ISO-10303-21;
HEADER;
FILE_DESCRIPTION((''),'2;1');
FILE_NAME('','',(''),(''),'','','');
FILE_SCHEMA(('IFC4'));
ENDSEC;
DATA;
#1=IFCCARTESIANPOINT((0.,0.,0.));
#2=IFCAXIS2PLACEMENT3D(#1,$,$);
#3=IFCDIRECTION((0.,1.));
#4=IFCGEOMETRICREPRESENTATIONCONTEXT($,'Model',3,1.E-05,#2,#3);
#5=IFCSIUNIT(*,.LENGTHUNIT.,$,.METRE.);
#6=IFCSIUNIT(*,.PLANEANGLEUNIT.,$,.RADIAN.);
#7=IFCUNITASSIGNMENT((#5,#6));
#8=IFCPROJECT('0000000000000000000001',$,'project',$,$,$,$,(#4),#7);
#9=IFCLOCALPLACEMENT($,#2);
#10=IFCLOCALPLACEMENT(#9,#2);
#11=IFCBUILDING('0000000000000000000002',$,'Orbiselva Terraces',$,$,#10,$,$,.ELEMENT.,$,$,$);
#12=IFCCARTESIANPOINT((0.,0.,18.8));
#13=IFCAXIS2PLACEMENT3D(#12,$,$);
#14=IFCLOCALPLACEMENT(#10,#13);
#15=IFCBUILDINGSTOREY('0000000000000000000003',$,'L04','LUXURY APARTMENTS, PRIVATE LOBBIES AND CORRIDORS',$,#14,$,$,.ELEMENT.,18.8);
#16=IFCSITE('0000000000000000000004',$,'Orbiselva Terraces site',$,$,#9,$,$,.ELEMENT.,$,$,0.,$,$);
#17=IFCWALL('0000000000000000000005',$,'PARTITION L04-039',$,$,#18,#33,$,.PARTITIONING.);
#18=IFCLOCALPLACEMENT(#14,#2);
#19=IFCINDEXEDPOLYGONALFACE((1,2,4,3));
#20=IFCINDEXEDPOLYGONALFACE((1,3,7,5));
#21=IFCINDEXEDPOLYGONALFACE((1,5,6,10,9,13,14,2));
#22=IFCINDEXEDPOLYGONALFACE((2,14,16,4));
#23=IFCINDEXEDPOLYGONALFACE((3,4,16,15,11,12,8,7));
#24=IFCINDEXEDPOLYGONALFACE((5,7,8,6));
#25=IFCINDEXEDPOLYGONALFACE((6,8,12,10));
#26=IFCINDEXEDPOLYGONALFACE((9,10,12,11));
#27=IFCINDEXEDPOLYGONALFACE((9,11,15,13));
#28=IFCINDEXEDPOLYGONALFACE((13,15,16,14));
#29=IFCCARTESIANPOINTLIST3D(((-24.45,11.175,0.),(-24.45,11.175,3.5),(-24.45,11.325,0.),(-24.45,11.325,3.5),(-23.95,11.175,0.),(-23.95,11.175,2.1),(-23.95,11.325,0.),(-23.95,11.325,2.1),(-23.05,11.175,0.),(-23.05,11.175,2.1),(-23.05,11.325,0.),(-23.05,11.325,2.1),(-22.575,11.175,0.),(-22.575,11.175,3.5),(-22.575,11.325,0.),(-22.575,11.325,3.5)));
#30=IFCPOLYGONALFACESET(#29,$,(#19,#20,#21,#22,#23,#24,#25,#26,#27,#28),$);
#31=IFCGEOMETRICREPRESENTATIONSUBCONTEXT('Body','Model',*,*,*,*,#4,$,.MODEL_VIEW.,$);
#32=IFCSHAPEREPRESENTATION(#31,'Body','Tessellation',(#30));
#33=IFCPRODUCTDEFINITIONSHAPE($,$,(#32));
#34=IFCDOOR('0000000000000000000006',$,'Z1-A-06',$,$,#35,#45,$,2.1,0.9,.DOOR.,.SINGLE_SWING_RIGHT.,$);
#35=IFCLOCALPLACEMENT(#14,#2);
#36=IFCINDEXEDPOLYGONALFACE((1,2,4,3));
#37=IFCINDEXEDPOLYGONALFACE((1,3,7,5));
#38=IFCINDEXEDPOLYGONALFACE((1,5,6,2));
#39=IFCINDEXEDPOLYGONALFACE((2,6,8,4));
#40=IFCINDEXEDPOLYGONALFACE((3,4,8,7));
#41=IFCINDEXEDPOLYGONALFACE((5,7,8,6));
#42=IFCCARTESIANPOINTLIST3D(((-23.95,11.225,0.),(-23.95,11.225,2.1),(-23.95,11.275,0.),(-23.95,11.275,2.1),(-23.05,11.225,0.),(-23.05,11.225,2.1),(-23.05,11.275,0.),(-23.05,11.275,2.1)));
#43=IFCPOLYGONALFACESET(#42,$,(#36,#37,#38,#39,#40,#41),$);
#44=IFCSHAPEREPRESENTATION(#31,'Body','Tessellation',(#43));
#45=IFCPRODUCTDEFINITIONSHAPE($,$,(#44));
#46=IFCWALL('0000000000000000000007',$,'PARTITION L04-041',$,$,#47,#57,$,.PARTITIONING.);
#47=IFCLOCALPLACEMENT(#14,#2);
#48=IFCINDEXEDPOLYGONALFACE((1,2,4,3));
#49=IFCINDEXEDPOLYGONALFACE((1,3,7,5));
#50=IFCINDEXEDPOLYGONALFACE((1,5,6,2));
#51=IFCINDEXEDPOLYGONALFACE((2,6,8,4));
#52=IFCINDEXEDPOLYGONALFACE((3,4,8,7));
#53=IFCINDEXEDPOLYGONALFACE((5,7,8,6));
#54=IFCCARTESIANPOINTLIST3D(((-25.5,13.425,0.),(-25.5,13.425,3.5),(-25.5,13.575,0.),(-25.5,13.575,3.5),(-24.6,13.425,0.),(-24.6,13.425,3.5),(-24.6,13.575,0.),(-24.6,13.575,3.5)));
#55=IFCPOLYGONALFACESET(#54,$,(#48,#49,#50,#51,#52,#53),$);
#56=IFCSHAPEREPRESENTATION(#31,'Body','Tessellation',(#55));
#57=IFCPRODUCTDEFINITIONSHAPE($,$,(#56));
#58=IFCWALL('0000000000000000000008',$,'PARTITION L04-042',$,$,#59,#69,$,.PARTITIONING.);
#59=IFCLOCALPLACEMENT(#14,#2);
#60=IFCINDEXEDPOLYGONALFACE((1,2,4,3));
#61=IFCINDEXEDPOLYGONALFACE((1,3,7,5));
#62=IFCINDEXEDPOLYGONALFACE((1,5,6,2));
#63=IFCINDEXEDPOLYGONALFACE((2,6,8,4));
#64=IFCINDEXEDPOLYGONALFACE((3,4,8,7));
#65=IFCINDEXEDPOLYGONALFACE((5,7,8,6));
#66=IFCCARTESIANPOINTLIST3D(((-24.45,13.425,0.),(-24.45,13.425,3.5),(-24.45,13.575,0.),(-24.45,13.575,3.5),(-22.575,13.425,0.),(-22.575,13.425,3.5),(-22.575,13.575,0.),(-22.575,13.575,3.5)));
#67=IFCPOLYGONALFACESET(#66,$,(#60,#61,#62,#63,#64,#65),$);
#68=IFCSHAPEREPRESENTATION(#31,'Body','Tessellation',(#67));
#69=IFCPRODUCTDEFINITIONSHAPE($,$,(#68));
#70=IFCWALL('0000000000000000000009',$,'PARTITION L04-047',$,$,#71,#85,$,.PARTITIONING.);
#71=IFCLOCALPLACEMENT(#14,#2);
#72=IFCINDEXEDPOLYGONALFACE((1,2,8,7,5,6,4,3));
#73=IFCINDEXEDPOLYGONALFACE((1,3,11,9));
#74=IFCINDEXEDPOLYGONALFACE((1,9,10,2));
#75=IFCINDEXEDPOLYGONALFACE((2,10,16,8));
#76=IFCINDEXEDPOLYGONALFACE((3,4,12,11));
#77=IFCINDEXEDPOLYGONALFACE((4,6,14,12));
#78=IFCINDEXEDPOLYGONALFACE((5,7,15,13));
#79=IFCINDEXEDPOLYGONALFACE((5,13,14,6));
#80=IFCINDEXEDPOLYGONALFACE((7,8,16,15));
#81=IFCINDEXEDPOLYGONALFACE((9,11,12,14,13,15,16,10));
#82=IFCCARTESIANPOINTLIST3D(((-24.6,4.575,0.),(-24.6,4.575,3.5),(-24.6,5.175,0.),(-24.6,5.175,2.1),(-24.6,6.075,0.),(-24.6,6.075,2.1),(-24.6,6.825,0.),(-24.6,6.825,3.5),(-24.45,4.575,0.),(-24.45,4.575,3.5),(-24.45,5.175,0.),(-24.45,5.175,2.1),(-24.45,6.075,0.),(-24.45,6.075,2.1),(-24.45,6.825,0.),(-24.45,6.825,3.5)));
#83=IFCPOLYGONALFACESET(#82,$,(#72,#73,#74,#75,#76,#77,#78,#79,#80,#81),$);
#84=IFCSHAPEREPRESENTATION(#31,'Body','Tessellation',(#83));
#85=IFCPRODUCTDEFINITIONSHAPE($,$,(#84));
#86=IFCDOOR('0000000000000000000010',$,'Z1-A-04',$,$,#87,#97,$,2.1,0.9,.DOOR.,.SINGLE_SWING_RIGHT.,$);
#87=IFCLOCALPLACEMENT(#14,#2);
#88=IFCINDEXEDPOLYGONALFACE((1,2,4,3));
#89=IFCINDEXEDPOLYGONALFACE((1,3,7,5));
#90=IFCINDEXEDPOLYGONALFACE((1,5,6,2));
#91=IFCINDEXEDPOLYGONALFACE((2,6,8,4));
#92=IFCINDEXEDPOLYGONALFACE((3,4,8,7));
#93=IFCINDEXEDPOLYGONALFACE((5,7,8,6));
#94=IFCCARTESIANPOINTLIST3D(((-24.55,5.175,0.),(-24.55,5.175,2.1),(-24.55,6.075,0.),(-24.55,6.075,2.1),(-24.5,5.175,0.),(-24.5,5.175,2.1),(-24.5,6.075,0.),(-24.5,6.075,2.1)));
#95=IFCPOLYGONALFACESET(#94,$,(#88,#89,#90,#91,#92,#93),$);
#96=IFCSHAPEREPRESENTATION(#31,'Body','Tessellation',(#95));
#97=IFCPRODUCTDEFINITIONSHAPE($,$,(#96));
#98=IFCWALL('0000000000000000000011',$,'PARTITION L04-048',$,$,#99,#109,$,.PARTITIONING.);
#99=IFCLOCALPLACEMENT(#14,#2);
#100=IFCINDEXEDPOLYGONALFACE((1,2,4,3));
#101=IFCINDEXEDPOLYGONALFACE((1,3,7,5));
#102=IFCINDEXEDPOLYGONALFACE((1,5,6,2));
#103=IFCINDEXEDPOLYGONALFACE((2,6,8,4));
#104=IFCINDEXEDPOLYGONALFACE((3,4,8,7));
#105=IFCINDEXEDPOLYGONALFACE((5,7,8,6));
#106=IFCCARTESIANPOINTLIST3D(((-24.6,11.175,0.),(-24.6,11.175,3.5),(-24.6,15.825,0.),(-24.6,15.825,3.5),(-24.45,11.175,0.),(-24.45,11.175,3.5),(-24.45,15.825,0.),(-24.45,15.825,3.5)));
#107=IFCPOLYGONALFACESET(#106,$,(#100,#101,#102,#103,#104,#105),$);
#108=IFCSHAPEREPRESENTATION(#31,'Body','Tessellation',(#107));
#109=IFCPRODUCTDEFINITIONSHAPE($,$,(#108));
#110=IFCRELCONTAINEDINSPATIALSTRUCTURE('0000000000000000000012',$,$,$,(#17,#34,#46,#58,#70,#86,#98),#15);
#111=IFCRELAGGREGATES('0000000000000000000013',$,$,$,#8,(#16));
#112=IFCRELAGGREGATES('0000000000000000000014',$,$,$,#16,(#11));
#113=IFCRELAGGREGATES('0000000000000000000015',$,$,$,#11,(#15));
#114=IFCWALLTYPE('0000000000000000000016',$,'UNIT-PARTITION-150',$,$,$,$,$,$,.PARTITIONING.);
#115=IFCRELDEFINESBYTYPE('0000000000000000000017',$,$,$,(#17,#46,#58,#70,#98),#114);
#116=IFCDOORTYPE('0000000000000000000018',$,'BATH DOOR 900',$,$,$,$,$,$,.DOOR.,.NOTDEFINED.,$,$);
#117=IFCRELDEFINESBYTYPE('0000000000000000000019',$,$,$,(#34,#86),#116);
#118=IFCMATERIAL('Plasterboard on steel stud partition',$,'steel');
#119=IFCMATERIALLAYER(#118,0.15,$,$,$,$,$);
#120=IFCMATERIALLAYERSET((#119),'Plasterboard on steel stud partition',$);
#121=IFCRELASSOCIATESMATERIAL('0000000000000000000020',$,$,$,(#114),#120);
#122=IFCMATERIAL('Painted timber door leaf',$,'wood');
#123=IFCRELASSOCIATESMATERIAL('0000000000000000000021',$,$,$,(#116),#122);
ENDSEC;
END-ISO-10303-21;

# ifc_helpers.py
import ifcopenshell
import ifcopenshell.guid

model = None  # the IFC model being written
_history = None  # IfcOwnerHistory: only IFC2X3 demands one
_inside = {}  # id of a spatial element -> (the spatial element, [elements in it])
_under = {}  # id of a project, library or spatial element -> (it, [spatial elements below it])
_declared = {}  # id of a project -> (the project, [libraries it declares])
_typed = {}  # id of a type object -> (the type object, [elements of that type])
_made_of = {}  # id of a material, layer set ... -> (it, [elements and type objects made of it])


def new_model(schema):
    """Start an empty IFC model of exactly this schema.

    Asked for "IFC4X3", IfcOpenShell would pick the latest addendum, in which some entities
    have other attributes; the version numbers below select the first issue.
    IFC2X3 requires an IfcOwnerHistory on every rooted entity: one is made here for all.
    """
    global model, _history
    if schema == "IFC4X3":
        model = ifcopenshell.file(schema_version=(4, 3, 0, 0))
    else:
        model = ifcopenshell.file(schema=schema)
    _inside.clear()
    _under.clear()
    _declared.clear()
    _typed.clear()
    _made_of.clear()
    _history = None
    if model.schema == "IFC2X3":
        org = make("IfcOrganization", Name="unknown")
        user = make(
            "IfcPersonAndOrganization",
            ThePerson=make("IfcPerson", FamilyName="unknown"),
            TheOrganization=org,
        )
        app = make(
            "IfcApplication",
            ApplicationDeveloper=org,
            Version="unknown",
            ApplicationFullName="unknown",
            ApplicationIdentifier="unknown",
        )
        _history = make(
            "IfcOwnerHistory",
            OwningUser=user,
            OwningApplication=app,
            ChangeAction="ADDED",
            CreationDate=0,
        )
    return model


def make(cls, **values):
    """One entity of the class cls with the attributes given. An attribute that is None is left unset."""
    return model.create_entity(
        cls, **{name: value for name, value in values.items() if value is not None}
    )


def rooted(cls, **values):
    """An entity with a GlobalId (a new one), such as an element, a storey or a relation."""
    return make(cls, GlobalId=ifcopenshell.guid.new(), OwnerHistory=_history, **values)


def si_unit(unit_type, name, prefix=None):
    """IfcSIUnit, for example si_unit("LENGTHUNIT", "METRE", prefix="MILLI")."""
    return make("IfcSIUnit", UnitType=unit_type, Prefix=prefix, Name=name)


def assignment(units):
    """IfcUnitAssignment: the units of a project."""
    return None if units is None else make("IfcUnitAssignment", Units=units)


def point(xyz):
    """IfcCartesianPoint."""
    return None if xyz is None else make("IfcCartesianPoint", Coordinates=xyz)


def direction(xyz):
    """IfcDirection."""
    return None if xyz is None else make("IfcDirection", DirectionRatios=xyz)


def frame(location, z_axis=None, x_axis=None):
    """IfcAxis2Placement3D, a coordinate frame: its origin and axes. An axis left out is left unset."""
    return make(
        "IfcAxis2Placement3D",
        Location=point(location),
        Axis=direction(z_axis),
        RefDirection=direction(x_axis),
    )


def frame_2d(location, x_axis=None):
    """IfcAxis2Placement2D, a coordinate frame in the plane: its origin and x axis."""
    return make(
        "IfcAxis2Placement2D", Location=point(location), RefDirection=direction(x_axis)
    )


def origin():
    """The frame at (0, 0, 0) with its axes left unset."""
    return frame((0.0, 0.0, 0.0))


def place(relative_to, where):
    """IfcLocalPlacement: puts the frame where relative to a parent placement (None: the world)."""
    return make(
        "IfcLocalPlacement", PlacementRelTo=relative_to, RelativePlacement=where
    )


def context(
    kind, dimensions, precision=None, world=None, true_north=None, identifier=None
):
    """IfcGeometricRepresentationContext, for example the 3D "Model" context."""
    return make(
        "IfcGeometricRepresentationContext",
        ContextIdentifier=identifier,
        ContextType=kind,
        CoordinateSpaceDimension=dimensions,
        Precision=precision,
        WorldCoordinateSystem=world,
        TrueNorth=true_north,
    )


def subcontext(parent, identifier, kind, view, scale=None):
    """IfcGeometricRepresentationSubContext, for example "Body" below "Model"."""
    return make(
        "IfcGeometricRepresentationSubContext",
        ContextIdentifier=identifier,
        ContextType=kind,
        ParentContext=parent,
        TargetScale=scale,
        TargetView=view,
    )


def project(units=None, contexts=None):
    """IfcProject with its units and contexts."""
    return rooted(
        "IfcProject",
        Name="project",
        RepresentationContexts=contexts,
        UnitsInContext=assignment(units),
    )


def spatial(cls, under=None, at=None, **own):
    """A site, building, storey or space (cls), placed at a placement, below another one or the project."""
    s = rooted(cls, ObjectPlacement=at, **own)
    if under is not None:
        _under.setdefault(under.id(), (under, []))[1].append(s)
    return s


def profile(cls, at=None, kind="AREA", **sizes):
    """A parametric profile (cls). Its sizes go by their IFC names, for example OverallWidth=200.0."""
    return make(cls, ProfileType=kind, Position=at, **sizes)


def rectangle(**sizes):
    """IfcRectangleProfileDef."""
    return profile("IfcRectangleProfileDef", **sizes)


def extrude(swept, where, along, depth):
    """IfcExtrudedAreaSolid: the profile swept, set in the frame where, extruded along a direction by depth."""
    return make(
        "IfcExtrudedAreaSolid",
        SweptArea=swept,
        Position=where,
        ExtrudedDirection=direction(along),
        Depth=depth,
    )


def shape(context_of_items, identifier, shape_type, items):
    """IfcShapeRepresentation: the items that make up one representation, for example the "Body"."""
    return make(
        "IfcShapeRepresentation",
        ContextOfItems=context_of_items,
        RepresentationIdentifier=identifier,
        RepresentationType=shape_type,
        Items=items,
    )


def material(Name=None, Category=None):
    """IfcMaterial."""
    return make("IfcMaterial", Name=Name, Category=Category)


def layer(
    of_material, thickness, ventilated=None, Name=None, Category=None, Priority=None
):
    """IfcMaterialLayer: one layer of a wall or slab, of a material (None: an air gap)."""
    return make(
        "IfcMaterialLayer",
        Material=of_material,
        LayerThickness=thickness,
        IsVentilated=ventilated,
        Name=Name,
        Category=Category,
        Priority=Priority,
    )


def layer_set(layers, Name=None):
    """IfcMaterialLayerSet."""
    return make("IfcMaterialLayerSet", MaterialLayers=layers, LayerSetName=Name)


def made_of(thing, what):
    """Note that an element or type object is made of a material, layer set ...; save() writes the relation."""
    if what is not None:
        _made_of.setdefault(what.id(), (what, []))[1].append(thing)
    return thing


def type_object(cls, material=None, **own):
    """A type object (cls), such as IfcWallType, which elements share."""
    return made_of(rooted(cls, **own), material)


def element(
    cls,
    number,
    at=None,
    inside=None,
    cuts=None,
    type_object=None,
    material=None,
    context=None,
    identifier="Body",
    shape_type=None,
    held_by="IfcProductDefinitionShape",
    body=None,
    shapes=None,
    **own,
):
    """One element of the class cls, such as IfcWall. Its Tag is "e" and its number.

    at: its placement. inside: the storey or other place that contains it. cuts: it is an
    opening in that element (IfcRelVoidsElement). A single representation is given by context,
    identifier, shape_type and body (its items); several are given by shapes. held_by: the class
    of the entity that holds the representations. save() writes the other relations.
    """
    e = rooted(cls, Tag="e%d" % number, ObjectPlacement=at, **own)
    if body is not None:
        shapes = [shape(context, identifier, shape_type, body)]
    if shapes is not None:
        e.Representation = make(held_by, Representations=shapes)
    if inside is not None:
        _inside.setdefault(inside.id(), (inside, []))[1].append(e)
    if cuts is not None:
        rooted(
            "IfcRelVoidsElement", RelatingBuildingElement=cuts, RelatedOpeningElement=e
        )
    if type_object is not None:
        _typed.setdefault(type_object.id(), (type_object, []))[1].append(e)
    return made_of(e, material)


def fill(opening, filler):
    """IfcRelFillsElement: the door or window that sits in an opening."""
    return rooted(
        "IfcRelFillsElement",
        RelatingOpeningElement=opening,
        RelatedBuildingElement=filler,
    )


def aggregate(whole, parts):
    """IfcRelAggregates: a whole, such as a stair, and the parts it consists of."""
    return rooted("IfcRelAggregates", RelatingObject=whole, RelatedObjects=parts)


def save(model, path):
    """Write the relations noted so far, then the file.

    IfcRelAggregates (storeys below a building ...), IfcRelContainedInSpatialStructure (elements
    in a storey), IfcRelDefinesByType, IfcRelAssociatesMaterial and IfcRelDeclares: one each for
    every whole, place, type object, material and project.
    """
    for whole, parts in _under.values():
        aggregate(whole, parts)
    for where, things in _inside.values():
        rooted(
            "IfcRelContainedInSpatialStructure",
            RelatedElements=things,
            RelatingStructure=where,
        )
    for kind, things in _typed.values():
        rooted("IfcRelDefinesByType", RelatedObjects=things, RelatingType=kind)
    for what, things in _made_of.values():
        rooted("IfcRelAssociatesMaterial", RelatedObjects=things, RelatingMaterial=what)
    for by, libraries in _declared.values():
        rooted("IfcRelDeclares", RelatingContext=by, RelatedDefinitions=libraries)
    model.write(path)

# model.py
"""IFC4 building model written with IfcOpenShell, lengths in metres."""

from ifc_helpers import new_model, si_unit, direction, frame, frame_2d, origin, place, context, subcontext, project, spatial, rectangle, extrude, material, layer, layer_set, type_object, element, fill, save


model = new_model("IFC4")

# Units and contexts
model_context = context("Model", 3, precision=1e-05, world=origin(), true_north=direction((0.0, 1.0)))
body_context = subcontext(model_context, "Body", "Model", "MODEL_VIEW")
ifc_project = project(units=[si_unit("LENGTHUNIT", "METRE"), si_unit("PLANEANGLEUNIT", "RADIAN")], contexts=[model_context])

# Site, building, storey
site_placement = place(None, origin())
site = spatial("IfcSite", under=ifc_project, at=site_placement, Name="Orbiselva Terraces site", CompositionType="ELEMENT", RefElevation=0.0)
building_placement = place(site_placement, origin())
building = spatial("IfcBuilding", under=site, at=building_placement, Name="Orbiselva Terraces", CompositionType="ELEMENT")
storey_placement = place(building_placement, frame((0.0, 0.0, 18.8)))
storey = spatial("IfcBuildingStorey", under=building, at=storey_placement, Name="L04", Description="LUXURY APARTMENTS, PRIVATE LOBBIES AND CORRIDORS", CompositionType="ELEMENT", Elevation=18.8)

# Shared definitions
ifc_material_1 = material(Name="Plasterboard on steel stud partition", Category="steel")

# Shared definitions
ifc_material_2 = material(Name="Painted timber door leaf", Category="wood")

# Shared definitions
ifc_layer_1 = layer(ifc_material_1, 0.15)
ifc_layer_set_1 = layer_set([ifc_layer_1], Name="Plasterboard on steel stud partition")
wall_type_1 = type_object("IfcWallType", Name="UNIT-PARTITION-150", PredefinedType="PARTITIONING", material=ifc_layer_set_1)

# Wall, opening, door
wall_1_placement = place(storey_placement, frame((-24.45, 11.25, 0.0), z_axis=(0.0, 0.0, 1.0), x_axis=(1.0, 0.0, 0.0)))
wall_1 = element("IfcWall", 1, at=wall_1_placement, inside=storey, type_object=wall_type_1, Name="PARTITION L04-039", PredefinedType="PARTITIONING", context=body_context, shape_type="SweptSolid", body=[
    extrude(rectangle(XDim=1.875, YDim=0.15, at=frame_2d((0.9375, 0.0))), origin(), (0.0, 0.0, 1.0), 3.5),
])
opening_1_placement = place(wall_1_placement, frame((0.5, 0.0, 0.0)))
opening_1 = element("IfcOpeningElement", 2, at=opening_1_placement, cuts=wall_1, PredefinedType="OPENING", context=body_context, shape_type="SweptSolid", body=[
    extrude(rectangle(XDim=0.9, YDim=2.1, at=frame_2d((0.45, 1.05))), frame((0.0, 0.085, 0.0), z_axis=(0.0, -1.0, 0.0), x_axis=(1.0, 0.0, 0.0)), (0.0, 0.0, 1.0), 0.17),
])
door_type_1 = type_object("IfcDoorType", Name="BATH DOOR 900", OperationType="NOTDEFINED", PredefinedType="DOOR", material=ifc_material_2)
door_1_placement = place(opening_1_placement, origin())
door_1 = element("IfcDoor", 3, at=door_1_placement, inside=storey, type_object=door_type_1, Name="Z1-A-06", OperationType="SINGLE_SWING_RIGHT", OverallHeight=2.1, OverallWidth=0.9, PredefinedType="DOOR", context=body_context, shape_type="SweptSolid", body=[
    extrude(rectangle(XDim=0.9, YDim=2.1, at=frame_2d((0.45, 1.05))), frame((0.0, 0.025, 0.0), z_axis=(0.0, -1.0, 0.0), x_axis=(1.0, 0.0, 0.0)), (0.0, 0.0, 1.0), 0.05),
])
fill(opening_1, door_1)

# Walls
wall_2_placement = place(storey_placement, frame((-25.5, 13.5, 0.0), z_axis=(0.0, 0.0, 1.0), x_axis=(1.0, 0.0, 0.0)))
element("IfcWall", 4, at=wall_2_placement, inside=storey, type_object=wall_type_1, Name="PARTITION L04-041", PredefinedType="PARTITIONING", context=body_context, shape_type="SweptSolid", body=[
    extrude(rectangle(XDim=0.9, YDim=0.15, at=frame_2d((0.45, 0.0))), origin(), (0.0, 0.0, 1.0), 3.5),
])
wall_3_placement = place(storey_placement, frame((-24.45, 13.5, 0.0), z_axis=(0.0, 0.0, 1.0), x_axis=(1.0, 0.0, 0.0)))
element("IfcWall", 5, at=wall_3_placement, inside=storey, type_object=wall_type_1, Name="PARTITION L04-042", PredefinedType="PARTITIONING", context=body_context, shape_type="SweptSolid", body=[
    extrude(rectangle(XDim=1.875, YDim=0.15, at=frame_2d((0.9375, 0.0))), origin(), (0.0, 0.0, 1.0), 3.5),
])

# Wall, opening, door
wall_4_placement = place(storey_placement, frame((-24.525, 6.825, 0.0), z_axis=(0.0, 0.0, 1.0), x_axis=(0.0, -1.0, 0.0)))
wall_4 = element("IfcWall", 6, at=wall_4_placement, inside=storey, type_object=wall_type_1, Name="PARTITION L04-047", PredefinedType="PARTITIONING", context=body_context, shape_type="SweptSolid", body=[
    extrude(rectangle(XDim=2.25, YDim=0.15, at=frame_2d((1.125, 0.0))), origin(), (0.0, 0.0, 1.0), 3.5),
])
opening_2_placement = place(wall_4_placement, frame((0.75, 0.0, 0.0)))
opening_2 = element("IfcOpeningElement", 7, at=opening_2_placement, cuts=wall_4, PredefinedType="OPENING", context=body_context, shape_type="SweptSolid", body=[
    extrude(rectangle(XDim=0.9, YDim=2.1, at=frame_2d((0.45, 1.05))), frame((0.0, 0.085, 0.0), z_axis=(0.0, -1.0, 0.0), x_axis=(1.0, 0.0, 0.0)), (0.0, 0.0, 1.0), 0.17),
])
door_2_placement = place(opening_2_placement, origin())
door_2 = element("IfcDoor", 8, at=door_2_placement, inside=storey, type_object=door_type_1, Name="Z1-A-04", OperationType="SINGLE_SWING_RIGHT", OverallHeight=2.1, OverallWidth=0.9, PredefinedType="DOOR", context=body_context, shape_type="SweptSolid", body=[
    extrude(rectangle(XDim=0.9, YDim=2.1, at=frame_2d((0.45, 1.05))), frame((0.0, 0.025, 0.0), z_axis=(0.0, -1.0, 0.0), x_axis=(1.0, 0.0, 0.0)), (0.0, 0.0, 1.0), 0.05),
])
fill(opening_2, door_2)

# Wall
wall_5_placement = place(storey_placement, frame((-24.525, 11.175, 0.0), z_axis=(0.0, 0.0, 1.0), x_axis=(0.0, 1.0, 0.0)))
element("IfcWall", 9, at=wall_5_placement, inside=storey, type_object=wall_type_1, Name="PARTITION L04-048", PredefinedType="PARTITIONING", context=body_context, shape_type="SweptSolid", body=[
    extrude(rectangle(XDim=4.65, YDim=0.15, at=frame_2d((2.325, 0.0))), origin(), (0.0, 0.0, 1.0), 3.5),
])

save(model, "model.ifc")
